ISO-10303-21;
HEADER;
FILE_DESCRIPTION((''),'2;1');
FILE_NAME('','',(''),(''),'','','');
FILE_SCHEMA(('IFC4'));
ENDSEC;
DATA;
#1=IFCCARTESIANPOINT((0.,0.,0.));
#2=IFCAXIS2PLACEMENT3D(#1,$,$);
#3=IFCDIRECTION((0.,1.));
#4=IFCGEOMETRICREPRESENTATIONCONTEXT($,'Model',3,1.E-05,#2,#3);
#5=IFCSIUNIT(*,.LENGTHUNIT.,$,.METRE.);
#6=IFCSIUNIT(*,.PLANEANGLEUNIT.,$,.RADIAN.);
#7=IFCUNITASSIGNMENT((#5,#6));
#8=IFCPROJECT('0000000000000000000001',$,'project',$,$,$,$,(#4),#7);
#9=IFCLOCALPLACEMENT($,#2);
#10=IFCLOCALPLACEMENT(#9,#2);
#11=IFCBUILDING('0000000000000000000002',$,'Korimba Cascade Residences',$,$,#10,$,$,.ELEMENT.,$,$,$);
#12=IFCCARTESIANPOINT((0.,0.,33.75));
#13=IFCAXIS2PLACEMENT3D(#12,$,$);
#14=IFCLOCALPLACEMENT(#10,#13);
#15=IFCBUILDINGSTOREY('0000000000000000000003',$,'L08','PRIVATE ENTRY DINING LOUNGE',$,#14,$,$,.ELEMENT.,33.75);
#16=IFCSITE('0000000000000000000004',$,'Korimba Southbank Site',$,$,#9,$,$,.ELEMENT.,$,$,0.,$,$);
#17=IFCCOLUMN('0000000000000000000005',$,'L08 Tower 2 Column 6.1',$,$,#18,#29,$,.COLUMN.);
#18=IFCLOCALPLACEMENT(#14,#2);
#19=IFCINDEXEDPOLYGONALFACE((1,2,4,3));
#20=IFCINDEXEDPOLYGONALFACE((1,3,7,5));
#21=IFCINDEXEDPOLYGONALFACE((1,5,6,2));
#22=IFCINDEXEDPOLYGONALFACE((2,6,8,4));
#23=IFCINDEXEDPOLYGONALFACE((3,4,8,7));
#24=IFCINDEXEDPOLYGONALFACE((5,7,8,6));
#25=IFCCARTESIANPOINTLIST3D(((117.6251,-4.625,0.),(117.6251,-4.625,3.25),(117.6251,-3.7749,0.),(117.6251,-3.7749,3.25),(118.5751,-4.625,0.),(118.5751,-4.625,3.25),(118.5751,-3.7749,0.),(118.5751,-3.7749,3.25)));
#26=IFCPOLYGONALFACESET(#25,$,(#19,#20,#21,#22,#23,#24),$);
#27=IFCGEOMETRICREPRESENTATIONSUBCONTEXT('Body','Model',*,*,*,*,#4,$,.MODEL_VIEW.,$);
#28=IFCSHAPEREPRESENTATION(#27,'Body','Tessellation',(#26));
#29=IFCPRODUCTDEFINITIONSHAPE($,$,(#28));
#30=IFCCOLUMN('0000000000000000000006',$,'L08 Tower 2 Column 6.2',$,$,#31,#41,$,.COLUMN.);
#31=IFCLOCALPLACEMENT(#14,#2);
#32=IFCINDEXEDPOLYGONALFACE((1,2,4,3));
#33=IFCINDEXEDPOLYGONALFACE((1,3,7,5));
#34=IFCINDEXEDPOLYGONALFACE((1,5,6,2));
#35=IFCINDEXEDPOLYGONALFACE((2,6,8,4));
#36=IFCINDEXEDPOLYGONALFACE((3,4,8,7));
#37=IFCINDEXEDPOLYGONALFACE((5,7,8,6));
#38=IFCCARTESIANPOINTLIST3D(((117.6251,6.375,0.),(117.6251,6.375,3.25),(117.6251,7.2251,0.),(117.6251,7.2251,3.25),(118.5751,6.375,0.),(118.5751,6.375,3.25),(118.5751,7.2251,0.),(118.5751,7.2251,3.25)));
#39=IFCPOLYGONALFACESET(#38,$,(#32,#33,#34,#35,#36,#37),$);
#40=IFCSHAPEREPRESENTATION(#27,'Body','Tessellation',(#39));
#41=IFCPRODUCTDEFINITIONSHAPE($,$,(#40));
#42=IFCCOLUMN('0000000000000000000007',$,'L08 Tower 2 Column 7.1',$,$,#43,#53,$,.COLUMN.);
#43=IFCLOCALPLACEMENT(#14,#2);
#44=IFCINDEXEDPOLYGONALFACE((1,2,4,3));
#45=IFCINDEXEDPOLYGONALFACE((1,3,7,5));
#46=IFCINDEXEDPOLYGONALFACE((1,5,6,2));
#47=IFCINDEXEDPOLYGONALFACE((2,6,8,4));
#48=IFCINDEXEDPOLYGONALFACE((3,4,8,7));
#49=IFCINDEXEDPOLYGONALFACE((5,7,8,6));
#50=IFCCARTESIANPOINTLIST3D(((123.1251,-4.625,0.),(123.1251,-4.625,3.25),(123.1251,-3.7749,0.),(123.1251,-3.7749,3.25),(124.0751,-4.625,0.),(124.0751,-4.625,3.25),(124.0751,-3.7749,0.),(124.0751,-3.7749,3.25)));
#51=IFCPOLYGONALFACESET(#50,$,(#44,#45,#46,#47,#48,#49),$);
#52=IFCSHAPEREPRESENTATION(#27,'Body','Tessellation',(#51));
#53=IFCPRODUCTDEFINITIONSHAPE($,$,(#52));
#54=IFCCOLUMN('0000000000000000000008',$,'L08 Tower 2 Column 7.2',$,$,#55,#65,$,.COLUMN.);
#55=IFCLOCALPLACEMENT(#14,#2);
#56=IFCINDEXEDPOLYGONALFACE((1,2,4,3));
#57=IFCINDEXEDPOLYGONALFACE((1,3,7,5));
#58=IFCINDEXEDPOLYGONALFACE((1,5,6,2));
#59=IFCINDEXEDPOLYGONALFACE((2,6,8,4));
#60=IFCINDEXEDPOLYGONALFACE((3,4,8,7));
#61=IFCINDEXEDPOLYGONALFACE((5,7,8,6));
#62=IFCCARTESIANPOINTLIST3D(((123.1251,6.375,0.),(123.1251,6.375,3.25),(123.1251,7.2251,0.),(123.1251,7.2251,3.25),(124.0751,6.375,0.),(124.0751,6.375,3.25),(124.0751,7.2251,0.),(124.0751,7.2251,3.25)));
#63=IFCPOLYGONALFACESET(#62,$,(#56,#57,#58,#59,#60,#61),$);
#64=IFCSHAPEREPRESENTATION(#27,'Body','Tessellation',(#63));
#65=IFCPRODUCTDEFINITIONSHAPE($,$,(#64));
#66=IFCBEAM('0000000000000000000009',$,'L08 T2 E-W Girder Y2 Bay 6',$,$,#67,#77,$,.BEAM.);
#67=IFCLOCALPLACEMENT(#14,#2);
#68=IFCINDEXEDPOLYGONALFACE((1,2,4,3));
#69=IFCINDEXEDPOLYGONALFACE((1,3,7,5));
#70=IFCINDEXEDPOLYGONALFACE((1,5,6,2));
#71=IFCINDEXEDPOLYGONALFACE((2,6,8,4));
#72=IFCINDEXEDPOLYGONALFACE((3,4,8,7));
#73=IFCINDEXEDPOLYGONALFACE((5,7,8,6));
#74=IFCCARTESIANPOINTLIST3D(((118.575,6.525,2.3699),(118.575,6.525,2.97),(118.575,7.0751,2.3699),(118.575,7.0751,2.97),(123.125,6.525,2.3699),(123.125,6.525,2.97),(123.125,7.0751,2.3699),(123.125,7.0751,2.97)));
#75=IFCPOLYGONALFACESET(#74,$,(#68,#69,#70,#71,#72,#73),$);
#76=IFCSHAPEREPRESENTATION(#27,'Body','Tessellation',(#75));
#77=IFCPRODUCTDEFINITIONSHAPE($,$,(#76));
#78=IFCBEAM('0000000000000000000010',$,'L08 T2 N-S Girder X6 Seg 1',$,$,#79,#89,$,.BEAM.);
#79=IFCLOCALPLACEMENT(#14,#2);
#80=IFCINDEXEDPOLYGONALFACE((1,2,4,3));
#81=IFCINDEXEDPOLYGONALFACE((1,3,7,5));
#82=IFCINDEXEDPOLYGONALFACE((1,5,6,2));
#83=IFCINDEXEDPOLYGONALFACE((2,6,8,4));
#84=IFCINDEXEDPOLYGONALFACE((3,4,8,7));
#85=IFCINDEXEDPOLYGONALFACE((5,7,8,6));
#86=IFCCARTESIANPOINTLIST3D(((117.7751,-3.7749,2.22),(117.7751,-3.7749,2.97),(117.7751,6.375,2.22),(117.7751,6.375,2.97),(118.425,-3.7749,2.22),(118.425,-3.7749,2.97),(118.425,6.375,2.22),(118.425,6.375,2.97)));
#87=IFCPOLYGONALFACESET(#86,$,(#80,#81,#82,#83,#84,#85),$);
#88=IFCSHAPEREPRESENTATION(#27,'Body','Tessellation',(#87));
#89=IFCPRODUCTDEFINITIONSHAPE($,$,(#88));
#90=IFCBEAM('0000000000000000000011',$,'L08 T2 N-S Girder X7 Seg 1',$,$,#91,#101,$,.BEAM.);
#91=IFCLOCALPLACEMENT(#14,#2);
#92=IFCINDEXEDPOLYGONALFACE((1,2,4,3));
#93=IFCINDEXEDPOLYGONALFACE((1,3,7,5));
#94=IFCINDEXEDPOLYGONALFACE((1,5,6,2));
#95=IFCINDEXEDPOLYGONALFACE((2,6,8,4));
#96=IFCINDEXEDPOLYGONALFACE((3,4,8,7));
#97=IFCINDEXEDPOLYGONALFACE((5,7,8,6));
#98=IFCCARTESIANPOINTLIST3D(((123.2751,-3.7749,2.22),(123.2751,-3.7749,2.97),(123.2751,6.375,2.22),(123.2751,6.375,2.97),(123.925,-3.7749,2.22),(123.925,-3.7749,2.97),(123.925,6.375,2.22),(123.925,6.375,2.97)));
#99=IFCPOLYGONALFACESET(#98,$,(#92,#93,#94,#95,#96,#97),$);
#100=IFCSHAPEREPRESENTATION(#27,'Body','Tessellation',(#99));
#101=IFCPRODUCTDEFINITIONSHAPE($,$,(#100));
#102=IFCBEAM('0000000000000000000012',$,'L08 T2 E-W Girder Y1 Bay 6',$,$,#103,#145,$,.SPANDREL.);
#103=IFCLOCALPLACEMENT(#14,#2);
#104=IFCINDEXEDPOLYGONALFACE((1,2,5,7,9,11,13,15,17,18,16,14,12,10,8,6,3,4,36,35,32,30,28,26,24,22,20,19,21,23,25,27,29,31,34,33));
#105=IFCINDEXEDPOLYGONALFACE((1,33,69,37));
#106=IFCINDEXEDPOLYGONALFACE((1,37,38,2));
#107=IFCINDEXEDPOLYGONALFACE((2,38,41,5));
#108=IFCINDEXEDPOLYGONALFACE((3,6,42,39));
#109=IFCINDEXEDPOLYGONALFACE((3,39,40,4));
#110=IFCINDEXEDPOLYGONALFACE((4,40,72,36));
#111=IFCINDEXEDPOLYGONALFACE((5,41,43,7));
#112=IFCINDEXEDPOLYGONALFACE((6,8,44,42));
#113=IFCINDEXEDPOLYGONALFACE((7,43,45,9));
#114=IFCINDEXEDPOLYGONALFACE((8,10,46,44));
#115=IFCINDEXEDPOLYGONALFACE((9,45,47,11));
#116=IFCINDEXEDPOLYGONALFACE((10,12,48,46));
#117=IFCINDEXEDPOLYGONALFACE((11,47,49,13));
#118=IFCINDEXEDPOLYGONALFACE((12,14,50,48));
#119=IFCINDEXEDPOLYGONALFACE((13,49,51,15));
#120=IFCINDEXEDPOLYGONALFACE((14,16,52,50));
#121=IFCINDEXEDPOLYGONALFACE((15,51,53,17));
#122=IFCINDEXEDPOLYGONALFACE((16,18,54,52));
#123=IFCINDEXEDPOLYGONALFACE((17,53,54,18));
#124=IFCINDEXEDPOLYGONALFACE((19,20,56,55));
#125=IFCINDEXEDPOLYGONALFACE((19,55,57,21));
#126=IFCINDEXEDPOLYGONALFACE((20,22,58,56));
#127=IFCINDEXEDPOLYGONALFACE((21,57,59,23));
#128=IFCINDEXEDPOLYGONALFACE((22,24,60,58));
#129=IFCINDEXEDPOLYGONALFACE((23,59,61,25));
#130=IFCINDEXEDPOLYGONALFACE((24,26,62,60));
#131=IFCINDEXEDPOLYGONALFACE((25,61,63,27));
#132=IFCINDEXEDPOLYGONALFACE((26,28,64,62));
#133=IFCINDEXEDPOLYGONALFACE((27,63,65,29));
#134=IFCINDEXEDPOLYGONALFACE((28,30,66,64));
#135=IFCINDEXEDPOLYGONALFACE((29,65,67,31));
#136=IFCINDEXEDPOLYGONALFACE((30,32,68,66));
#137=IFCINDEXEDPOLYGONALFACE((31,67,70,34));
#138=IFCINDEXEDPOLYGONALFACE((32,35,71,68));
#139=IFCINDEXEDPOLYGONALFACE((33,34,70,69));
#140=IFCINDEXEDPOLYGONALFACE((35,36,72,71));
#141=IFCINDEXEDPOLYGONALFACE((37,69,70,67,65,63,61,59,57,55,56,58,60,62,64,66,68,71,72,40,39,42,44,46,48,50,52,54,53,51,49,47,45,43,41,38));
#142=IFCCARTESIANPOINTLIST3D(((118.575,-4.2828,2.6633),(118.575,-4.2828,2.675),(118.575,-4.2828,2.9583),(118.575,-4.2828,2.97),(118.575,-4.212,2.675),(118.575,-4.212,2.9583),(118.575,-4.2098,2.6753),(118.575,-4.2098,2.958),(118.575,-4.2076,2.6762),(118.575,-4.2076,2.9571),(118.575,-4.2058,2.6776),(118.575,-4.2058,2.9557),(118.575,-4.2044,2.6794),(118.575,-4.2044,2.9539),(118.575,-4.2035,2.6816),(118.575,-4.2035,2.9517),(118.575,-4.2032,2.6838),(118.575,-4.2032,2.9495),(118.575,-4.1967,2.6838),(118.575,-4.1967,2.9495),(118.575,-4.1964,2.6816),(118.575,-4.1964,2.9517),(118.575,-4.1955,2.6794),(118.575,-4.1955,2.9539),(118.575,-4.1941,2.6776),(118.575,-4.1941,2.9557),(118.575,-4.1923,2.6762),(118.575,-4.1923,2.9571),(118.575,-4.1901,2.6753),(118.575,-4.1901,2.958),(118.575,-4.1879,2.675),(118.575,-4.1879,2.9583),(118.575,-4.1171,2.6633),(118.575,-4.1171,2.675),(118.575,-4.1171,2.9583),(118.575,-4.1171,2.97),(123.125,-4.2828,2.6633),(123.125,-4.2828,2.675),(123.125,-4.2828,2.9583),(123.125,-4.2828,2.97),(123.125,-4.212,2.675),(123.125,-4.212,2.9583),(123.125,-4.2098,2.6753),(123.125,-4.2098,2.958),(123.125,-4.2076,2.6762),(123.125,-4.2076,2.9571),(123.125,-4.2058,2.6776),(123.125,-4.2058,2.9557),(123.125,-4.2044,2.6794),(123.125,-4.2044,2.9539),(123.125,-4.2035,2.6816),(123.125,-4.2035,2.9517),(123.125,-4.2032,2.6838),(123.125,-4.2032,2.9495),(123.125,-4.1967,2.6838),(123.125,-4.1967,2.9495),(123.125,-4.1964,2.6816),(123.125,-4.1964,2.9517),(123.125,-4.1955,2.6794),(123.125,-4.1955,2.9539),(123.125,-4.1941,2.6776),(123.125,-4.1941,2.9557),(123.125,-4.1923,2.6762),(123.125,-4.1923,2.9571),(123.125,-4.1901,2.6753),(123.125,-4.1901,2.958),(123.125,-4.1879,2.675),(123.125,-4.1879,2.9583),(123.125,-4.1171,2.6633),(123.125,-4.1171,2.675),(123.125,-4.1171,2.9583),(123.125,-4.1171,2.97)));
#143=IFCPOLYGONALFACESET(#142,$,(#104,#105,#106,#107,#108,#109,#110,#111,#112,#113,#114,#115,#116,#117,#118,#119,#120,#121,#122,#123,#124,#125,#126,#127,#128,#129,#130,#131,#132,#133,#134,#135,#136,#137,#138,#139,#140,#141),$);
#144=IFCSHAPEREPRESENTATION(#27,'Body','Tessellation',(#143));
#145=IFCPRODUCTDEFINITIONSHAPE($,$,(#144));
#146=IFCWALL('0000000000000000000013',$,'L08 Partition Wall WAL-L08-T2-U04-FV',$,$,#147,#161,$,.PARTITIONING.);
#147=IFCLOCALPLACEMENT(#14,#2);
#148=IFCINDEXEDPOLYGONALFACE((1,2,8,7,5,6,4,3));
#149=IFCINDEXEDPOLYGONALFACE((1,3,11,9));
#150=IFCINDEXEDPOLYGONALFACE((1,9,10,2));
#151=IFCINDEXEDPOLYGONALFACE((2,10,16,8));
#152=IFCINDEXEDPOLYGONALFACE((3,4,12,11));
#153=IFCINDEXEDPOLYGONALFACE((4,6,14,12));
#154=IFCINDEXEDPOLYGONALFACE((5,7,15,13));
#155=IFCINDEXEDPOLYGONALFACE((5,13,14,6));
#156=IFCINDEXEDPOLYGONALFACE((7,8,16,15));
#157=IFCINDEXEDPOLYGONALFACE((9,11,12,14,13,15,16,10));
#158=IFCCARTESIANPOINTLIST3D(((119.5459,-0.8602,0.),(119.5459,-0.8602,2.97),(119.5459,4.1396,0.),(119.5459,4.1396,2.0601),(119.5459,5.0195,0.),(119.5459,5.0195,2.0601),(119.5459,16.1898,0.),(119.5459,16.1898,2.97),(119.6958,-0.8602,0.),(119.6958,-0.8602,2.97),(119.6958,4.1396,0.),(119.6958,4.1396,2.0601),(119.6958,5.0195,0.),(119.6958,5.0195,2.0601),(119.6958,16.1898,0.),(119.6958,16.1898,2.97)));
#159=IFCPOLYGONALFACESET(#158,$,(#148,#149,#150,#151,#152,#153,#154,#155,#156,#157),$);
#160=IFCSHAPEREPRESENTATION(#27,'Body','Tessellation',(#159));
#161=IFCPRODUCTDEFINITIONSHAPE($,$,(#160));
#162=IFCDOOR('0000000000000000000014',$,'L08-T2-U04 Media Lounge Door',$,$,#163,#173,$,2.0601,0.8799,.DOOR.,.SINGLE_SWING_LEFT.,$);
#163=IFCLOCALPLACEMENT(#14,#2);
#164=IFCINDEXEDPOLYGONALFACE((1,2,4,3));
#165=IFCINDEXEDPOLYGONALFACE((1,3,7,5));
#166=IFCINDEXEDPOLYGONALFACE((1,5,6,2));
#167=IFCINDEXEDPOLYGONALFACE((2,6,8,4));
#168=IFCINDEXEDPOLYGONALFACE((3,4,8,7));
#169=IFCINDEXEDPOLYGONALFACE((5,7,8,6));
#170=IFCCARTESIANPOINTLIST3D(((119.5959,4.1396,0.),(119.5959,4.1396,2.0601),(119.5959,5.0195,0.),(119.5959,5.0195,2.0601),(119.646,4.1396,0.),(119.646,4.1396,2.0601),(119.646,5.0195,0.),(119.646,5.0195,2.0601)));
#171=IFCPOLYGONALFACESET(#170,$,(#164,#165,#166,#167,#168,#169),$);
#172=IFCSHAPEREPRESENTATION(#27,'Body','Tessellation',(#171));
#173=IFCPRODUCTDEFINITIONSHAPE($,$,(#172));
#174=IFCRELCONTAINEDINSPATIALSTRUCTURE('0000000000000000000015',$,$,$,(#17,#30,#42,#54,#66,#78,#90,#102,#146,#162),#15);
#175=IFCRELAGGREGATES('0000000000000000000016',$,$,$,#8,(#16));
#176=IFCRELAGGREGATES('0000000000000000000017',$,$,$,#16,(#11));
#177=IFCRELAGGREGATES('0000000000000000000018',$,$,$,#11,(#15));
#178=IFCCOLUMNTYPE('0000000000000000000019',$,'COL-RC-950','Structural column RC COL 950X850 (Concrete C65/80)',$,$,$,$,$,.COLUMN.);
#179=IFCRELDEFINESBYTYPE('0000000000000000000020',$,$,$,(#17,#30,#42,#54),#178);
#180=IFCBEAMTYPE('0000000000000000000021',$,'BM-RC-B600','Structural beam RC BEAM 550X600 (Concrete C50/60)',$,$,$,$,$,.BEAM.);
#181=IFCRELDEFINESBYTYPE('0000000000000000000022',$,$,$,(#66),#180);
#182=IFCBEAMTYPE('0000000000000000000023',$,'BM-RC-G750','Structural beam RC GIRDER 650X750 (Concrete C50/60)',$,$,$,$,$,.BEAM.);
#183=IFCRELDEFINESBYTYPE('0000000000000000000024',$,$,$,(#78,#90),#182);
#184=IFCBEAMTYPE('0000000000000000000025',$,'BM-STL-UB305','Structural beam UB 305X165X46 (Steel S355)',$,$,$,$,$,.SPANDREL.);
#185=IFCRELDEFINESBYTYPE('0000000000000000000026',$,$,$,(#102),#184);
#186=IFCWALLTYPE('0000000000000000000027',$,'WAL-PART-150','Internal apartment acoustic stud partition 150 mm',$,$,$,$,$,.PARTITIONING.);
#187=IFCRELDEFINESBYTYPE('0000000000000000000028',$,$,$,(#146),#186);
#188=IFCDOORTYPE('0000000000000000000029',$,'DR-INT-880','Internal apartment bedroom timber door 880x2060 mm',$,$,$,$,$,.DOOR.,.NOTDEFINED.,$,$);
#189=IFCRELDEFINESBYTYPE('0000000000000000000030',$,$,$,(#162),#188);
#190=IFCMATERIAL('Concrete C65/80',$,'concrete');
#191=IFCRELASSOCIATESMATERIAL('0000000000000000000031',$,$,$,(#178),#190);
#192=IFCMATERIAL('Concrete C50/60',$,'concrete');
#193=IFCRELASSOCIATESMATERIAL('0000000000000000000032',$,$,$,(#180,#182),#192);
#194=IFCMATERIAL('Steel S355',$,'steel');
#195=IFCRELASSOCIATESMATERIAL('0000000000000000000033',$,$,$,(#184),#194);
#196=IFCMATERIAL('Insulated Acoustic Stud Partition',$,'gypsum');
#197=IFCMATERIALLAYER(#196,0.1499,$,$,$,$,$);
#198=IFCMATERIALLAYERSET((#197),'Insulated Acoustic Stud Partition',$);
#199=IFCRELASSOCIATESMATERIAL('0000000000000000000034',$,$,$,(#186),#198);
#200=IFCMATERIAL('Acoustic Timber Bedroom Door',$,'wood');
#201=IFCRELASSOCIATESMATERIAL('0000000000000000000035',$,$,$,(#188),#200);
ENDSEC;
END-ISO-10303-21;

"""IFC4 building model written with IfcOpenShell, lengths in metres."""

from ifc_helpers import new_model, si_unit, direction, frame, frame_2d, origin, origin_2d, place, context, subcontext, project, spatial, rectangle, i_section, extrude, material, layer, layer_set, material_profile, profile_set, type_object, element, fill, save


model = new_model("IFC4")

# Units and contexts
model_context = context("Model", 3, precision=1e-05, world=origin(), true_north=direction((0.0, 1.0)))
body_context = subcontext(model_context, "Body", "Model", "MODEL_VIEW")
ifc_project = project(units=[si_unit("LENGTHUNIT", "METRE"), si_unit("PLANEANGLEUNIT", "RADIAN")], contexts=[model_context])

# Site, building, storey
site_placement = place(None, origin())
site = spatial("IfcSite", under=ifc_project, at=site_placement, Name="Korimba Southbank Site", CompositionType="ELEMENT", RefElevation=0.0)
building_placement = place(site_placement, origin())
building = spatial("IfcBuilding", under=site, at=building_placement, Name="Korimba Cascade Residences", CompositionType="ELEMENT")
storey_placement = place(building_placement, frame((0.0, 0.0, 33.75)))
storey = spatial("IfcBuildingStorey", under=building, at=storey_placement, Name="L08", Description="PRIVATE ENTRY DINING LOUNGE", CompositionType="ELEMENT", Elevation=33.75)

# Columns
ifc_material_1 = material(Name="Concrete C65/80", Category="concrete")
ifc_material_profile_1 = material_profile(ifc_material_1, rectangle(XDim=0.95, YDim=0.8501, at=origin_2d()), Name="Concrete C65/80")
ifc_profile_set_1 = profile_set([ifc_material_profile_1], Name="Concrete C65/80")
column_type = type_object("IfcColumnType", Name="COL-RC-950", Description="Structural column RC COL 950X850 (Concrete C65/80)", PredefinedType="COLUMN", material=ifc_profile_set_1)
for number, where, z_axis, x_axis, name in (
    (1, (118.1001, -4.2, 0.0), (0.0, 0.0, 1.0), (1.0, 0.0, 0.0), "L08 Tower 2 Column 6.1"),
    (2, (118.1001, 6.8, 0.0), (0.0, 0.0, 1.0), (1.0, 0.0, 0.0), "L08 Tower 2 Column 6.2"),
    (3, (123.6001, -4.2, 0.0), (0.0, 0.0, 1.0), (1.0, 0.0, 0.0), "L08 Tower 2 Column 7.1"),
    (4, (123.6001, 6.8, 0.0), (0.0, 0.0, 1.0), (1.0, 0.0, 0.0), "L08 Tower 2 Column 7.2"),
):
    element("IfcColumn", number, at=place(storey_placement, frame(where, z_axis=z_axis, x_axis=x_axis)), inside=storey, type_object=column_type, Name=name, PredefinedType="COLUMN", context=body_context, shape_type="SweptSolid", body=[
        extrude(rectangle(XDim=0.95, YDim=0.8501, at=origin_2d()), origin(), (0.0, 0.0, 1.0), 3.25),
    ])

# Beams
ifc_material_2 = material(Name="Concrete C50/60", Category="concrete")
ifc_material_profile_2 = material_profile(ifc_material_2, rectangle(XDim=0.55, YDim=0.6001, at=origin_2d()), Name="Concrete C50/60")
ifc_profile_set_2 = profile_set([ifc_material_profile_2], Name="Concrete C50/60")
beam_type_1 = type_object("IfcBeamType", Name="BM-RC-B600", Description="Structural beam RC BEAM 550X600 (Concrete C50/60)", PredefinedType="BEAM", material=ifc_profile_set_2)
beam_1_placement = place(storey_placement, frame((118.575, 6.8, 2.6699), z_axis=(1.0, 0.0, 0.0), x_axis=(0.0, 1.0, 0.0)))
element("IfcBeam", 5, at=beam_1_placement, inside=storey, type_object=beam_type_1, Name="L08 T2 E-W Girder Y2 Bay 6", PredefinedType="BEAM", context=body_context, shape_type="SweptSolid", body=[
    extrude(rectangle(XDim=0.55, YDim=0.6001, at=origin_2d()), origin(), (0.0, 0.0, 1.0), 4.55),
])
ifc_material_profile_3 = material_profile(ifc_material_2, rectangle(XDim=0.6499, YDim=0.75, at=origin_2d()), Name="Concrete C50/60")
ifc_profile_set_3 = profile_set([ifc_material_profile_3], Name="Concrete C50/60")
beam_type_2 = type_object("IfcBeamType", Name="BM-RC-G750", Description="Structural beam RC GIRDER 650X750 (Concrete C50/60)", PredefinedType="BEAM", material=ifc_profile_set_3)
for number, where, z_axis, x_axis, name in (
    (6, (118.1001, -3.7749, 2.595), (0.0, 1.0, 0.0), (-1.0, 0.0, 0.0), "L08 T2 N-S Girder X6 Seg 1"),
    (7, (123.6001, -3.7749, 2.595), (0.0, 1.0, 0.0), (-1.0, 0.0, 0.0), "L08 T2 N-S Girder X7 Seg 1"),
):
    element("IfcBeam", number, at=place(storey_placement, frame(where, z_axis=z_axis, x_axis=x_axis)), inside=storey, type_object=beam_type_2, Name=name, PredefinedType="BEAM", context=body_context, shape_type="SweptSolid", body=[
        extrude(rectangle(XDim=0.6499, YDim=0.75, at=origin_2d()), origin(), (0.0, 0.0, 1.0), 10.1499),
    ])
ifc_material_3 = material(Name="Steel S355", Category="steel")
ifc_material_profile_4 = material_profile(ifc_material_3, i_section(OverallWidth=0.1658, OverallDepth=0.3066, WebThickness=0.0066, FlangeThickness=0.0117, FilletRadius=0.0088, at=origin_2d()), Name="Steel S355")
ifc_profile_set_4 = profile_set([ifc_material_profile_4], Name="Steel S355")
beam_type_3 = type_object("IfcBeamType", Name="BM-STL-UB305", Description="Structural beam UB 305X165X46 (Steel S355)", PredefinedType="SPANDREL", material=ifc_profile_set_4)
beam_2_placement = place(storey_placement, frame((118.575, -4.2, 2.8167), z_axis=(1.0, 0.0, 0.0), x_axis=(0.0, 1.0, 0.0)))
element("IfcBeam", 8, at=beam_2_placement, inside=storey, type_object=beam_type_3, Name="L08 T2 E-W Girder Y1 Bay 6", PredefinedType="SPANDREL", context=body_context, shape_type="SweptSolid", body=[
    extrude(i_section(OverallWidth=0.1658, OverallDepth=0.3066, WebThickness=0.0066, FlangeThickness=0.0117, FilletRadius=0.0088, at=origin_2d()), origin(), (0.0, 0.0, 1.0), 4.55),
])

# Wall, opening, door
ifc_material_4 = material(Name="Insulated Acoustic Stud Partition", Category="gypsum")
ifc_layer = layer(ifc_material_4, 0.1499)
ifc_layer_set = layer_set([ifc_layer], Name="Insulated Acoustic Stud Partition")
wall_type = type_object("IfcWallType", Name="WAL-PART-150", Description="Internal apartment acoustic stud partition 150 mm", PredefinedType="PARTITIONING", material=ifc_layer_set)
wall_1_placement = place(storey_placement, frame((119.6208, -0.8601, 0.0), z_axis=(0.0, 0.0, 1.0), x_axis=(0.0, 1.0, 0.0)))
wall_1 = element("IfcWall", 9, at=wall_1_placement, inside=storey, type_object=wall_type, Name="L08 Partition Wall WAL-L08-T2-U04-FV", PredefinedType="PARTITIONING", context=body_context, shape_type="SweptSolid", body=[
    extrude(rectangle(XDim=17.05, YDim=0.1499, at=frame_2d((8.5249, 0.0))), origin(), (0.0, 0.0, 1.0), 2.97),
])
opening_1_placement = place(wall_1_placement, frame((4.9998, 0.0, 0.0)))
opening_1 = element("IfcOpeningElement", 10, at=opening_1_placement, cuts=wall_1, PredefinedType="OPENING", context=body_context, shape_type="SweptSolid", body=[
    extrude(rectangle(XDim=0.8799, YDim=2.0601, at=frame_2d((0.4399, 1.03))), frame((0.0, 0.085, 0.0), z_axis=(0.0, -1.0, 0.0), x_axis=(1.0, 0.0, 0.0)), (0.0, 0.0, 1.0), 0.1699),
])
ifc_material_5 = material(Name="Acoustic Timber Bedroom Door", Category="wood")
door_type_1 = type_object("IfcDoorType", Name="DR-INT-880", Description="Internal apartment bedroom timber door 880x2060 mm", OperationType="NOTDEFINED", PredefinedType="DOOR", material=ifc_material_5)
door_1_placement = place(opening_1_placement, origin())
door_1 = element("IfcDoor", 11, at=door_1_placement, inside=storey, type_object=door_type_1, Name="L08-T2-U04 Media Lounge Door", OperationType="SINGLE_SWING_LEFT", OverallHeight=2.0601, OverallWidth=0.8799, PredefinedType="DOOR", context=body_context, shape_type="SweptSolid", body=[
    extrude(rectangle(XDim=0.8799, YDim=2.0601, at=frame_2d((0.4399, 1.03))), frame((0.0, 0.0249, 0.0), z_axis=(0.0, -1.0, 0.0), x_axis=(1.0, 0.0, 0.0)), (0.0, 0.0, 1.0), 0.05),
])
fill(opening_1, door_1)

save(model, "model.ifc")
